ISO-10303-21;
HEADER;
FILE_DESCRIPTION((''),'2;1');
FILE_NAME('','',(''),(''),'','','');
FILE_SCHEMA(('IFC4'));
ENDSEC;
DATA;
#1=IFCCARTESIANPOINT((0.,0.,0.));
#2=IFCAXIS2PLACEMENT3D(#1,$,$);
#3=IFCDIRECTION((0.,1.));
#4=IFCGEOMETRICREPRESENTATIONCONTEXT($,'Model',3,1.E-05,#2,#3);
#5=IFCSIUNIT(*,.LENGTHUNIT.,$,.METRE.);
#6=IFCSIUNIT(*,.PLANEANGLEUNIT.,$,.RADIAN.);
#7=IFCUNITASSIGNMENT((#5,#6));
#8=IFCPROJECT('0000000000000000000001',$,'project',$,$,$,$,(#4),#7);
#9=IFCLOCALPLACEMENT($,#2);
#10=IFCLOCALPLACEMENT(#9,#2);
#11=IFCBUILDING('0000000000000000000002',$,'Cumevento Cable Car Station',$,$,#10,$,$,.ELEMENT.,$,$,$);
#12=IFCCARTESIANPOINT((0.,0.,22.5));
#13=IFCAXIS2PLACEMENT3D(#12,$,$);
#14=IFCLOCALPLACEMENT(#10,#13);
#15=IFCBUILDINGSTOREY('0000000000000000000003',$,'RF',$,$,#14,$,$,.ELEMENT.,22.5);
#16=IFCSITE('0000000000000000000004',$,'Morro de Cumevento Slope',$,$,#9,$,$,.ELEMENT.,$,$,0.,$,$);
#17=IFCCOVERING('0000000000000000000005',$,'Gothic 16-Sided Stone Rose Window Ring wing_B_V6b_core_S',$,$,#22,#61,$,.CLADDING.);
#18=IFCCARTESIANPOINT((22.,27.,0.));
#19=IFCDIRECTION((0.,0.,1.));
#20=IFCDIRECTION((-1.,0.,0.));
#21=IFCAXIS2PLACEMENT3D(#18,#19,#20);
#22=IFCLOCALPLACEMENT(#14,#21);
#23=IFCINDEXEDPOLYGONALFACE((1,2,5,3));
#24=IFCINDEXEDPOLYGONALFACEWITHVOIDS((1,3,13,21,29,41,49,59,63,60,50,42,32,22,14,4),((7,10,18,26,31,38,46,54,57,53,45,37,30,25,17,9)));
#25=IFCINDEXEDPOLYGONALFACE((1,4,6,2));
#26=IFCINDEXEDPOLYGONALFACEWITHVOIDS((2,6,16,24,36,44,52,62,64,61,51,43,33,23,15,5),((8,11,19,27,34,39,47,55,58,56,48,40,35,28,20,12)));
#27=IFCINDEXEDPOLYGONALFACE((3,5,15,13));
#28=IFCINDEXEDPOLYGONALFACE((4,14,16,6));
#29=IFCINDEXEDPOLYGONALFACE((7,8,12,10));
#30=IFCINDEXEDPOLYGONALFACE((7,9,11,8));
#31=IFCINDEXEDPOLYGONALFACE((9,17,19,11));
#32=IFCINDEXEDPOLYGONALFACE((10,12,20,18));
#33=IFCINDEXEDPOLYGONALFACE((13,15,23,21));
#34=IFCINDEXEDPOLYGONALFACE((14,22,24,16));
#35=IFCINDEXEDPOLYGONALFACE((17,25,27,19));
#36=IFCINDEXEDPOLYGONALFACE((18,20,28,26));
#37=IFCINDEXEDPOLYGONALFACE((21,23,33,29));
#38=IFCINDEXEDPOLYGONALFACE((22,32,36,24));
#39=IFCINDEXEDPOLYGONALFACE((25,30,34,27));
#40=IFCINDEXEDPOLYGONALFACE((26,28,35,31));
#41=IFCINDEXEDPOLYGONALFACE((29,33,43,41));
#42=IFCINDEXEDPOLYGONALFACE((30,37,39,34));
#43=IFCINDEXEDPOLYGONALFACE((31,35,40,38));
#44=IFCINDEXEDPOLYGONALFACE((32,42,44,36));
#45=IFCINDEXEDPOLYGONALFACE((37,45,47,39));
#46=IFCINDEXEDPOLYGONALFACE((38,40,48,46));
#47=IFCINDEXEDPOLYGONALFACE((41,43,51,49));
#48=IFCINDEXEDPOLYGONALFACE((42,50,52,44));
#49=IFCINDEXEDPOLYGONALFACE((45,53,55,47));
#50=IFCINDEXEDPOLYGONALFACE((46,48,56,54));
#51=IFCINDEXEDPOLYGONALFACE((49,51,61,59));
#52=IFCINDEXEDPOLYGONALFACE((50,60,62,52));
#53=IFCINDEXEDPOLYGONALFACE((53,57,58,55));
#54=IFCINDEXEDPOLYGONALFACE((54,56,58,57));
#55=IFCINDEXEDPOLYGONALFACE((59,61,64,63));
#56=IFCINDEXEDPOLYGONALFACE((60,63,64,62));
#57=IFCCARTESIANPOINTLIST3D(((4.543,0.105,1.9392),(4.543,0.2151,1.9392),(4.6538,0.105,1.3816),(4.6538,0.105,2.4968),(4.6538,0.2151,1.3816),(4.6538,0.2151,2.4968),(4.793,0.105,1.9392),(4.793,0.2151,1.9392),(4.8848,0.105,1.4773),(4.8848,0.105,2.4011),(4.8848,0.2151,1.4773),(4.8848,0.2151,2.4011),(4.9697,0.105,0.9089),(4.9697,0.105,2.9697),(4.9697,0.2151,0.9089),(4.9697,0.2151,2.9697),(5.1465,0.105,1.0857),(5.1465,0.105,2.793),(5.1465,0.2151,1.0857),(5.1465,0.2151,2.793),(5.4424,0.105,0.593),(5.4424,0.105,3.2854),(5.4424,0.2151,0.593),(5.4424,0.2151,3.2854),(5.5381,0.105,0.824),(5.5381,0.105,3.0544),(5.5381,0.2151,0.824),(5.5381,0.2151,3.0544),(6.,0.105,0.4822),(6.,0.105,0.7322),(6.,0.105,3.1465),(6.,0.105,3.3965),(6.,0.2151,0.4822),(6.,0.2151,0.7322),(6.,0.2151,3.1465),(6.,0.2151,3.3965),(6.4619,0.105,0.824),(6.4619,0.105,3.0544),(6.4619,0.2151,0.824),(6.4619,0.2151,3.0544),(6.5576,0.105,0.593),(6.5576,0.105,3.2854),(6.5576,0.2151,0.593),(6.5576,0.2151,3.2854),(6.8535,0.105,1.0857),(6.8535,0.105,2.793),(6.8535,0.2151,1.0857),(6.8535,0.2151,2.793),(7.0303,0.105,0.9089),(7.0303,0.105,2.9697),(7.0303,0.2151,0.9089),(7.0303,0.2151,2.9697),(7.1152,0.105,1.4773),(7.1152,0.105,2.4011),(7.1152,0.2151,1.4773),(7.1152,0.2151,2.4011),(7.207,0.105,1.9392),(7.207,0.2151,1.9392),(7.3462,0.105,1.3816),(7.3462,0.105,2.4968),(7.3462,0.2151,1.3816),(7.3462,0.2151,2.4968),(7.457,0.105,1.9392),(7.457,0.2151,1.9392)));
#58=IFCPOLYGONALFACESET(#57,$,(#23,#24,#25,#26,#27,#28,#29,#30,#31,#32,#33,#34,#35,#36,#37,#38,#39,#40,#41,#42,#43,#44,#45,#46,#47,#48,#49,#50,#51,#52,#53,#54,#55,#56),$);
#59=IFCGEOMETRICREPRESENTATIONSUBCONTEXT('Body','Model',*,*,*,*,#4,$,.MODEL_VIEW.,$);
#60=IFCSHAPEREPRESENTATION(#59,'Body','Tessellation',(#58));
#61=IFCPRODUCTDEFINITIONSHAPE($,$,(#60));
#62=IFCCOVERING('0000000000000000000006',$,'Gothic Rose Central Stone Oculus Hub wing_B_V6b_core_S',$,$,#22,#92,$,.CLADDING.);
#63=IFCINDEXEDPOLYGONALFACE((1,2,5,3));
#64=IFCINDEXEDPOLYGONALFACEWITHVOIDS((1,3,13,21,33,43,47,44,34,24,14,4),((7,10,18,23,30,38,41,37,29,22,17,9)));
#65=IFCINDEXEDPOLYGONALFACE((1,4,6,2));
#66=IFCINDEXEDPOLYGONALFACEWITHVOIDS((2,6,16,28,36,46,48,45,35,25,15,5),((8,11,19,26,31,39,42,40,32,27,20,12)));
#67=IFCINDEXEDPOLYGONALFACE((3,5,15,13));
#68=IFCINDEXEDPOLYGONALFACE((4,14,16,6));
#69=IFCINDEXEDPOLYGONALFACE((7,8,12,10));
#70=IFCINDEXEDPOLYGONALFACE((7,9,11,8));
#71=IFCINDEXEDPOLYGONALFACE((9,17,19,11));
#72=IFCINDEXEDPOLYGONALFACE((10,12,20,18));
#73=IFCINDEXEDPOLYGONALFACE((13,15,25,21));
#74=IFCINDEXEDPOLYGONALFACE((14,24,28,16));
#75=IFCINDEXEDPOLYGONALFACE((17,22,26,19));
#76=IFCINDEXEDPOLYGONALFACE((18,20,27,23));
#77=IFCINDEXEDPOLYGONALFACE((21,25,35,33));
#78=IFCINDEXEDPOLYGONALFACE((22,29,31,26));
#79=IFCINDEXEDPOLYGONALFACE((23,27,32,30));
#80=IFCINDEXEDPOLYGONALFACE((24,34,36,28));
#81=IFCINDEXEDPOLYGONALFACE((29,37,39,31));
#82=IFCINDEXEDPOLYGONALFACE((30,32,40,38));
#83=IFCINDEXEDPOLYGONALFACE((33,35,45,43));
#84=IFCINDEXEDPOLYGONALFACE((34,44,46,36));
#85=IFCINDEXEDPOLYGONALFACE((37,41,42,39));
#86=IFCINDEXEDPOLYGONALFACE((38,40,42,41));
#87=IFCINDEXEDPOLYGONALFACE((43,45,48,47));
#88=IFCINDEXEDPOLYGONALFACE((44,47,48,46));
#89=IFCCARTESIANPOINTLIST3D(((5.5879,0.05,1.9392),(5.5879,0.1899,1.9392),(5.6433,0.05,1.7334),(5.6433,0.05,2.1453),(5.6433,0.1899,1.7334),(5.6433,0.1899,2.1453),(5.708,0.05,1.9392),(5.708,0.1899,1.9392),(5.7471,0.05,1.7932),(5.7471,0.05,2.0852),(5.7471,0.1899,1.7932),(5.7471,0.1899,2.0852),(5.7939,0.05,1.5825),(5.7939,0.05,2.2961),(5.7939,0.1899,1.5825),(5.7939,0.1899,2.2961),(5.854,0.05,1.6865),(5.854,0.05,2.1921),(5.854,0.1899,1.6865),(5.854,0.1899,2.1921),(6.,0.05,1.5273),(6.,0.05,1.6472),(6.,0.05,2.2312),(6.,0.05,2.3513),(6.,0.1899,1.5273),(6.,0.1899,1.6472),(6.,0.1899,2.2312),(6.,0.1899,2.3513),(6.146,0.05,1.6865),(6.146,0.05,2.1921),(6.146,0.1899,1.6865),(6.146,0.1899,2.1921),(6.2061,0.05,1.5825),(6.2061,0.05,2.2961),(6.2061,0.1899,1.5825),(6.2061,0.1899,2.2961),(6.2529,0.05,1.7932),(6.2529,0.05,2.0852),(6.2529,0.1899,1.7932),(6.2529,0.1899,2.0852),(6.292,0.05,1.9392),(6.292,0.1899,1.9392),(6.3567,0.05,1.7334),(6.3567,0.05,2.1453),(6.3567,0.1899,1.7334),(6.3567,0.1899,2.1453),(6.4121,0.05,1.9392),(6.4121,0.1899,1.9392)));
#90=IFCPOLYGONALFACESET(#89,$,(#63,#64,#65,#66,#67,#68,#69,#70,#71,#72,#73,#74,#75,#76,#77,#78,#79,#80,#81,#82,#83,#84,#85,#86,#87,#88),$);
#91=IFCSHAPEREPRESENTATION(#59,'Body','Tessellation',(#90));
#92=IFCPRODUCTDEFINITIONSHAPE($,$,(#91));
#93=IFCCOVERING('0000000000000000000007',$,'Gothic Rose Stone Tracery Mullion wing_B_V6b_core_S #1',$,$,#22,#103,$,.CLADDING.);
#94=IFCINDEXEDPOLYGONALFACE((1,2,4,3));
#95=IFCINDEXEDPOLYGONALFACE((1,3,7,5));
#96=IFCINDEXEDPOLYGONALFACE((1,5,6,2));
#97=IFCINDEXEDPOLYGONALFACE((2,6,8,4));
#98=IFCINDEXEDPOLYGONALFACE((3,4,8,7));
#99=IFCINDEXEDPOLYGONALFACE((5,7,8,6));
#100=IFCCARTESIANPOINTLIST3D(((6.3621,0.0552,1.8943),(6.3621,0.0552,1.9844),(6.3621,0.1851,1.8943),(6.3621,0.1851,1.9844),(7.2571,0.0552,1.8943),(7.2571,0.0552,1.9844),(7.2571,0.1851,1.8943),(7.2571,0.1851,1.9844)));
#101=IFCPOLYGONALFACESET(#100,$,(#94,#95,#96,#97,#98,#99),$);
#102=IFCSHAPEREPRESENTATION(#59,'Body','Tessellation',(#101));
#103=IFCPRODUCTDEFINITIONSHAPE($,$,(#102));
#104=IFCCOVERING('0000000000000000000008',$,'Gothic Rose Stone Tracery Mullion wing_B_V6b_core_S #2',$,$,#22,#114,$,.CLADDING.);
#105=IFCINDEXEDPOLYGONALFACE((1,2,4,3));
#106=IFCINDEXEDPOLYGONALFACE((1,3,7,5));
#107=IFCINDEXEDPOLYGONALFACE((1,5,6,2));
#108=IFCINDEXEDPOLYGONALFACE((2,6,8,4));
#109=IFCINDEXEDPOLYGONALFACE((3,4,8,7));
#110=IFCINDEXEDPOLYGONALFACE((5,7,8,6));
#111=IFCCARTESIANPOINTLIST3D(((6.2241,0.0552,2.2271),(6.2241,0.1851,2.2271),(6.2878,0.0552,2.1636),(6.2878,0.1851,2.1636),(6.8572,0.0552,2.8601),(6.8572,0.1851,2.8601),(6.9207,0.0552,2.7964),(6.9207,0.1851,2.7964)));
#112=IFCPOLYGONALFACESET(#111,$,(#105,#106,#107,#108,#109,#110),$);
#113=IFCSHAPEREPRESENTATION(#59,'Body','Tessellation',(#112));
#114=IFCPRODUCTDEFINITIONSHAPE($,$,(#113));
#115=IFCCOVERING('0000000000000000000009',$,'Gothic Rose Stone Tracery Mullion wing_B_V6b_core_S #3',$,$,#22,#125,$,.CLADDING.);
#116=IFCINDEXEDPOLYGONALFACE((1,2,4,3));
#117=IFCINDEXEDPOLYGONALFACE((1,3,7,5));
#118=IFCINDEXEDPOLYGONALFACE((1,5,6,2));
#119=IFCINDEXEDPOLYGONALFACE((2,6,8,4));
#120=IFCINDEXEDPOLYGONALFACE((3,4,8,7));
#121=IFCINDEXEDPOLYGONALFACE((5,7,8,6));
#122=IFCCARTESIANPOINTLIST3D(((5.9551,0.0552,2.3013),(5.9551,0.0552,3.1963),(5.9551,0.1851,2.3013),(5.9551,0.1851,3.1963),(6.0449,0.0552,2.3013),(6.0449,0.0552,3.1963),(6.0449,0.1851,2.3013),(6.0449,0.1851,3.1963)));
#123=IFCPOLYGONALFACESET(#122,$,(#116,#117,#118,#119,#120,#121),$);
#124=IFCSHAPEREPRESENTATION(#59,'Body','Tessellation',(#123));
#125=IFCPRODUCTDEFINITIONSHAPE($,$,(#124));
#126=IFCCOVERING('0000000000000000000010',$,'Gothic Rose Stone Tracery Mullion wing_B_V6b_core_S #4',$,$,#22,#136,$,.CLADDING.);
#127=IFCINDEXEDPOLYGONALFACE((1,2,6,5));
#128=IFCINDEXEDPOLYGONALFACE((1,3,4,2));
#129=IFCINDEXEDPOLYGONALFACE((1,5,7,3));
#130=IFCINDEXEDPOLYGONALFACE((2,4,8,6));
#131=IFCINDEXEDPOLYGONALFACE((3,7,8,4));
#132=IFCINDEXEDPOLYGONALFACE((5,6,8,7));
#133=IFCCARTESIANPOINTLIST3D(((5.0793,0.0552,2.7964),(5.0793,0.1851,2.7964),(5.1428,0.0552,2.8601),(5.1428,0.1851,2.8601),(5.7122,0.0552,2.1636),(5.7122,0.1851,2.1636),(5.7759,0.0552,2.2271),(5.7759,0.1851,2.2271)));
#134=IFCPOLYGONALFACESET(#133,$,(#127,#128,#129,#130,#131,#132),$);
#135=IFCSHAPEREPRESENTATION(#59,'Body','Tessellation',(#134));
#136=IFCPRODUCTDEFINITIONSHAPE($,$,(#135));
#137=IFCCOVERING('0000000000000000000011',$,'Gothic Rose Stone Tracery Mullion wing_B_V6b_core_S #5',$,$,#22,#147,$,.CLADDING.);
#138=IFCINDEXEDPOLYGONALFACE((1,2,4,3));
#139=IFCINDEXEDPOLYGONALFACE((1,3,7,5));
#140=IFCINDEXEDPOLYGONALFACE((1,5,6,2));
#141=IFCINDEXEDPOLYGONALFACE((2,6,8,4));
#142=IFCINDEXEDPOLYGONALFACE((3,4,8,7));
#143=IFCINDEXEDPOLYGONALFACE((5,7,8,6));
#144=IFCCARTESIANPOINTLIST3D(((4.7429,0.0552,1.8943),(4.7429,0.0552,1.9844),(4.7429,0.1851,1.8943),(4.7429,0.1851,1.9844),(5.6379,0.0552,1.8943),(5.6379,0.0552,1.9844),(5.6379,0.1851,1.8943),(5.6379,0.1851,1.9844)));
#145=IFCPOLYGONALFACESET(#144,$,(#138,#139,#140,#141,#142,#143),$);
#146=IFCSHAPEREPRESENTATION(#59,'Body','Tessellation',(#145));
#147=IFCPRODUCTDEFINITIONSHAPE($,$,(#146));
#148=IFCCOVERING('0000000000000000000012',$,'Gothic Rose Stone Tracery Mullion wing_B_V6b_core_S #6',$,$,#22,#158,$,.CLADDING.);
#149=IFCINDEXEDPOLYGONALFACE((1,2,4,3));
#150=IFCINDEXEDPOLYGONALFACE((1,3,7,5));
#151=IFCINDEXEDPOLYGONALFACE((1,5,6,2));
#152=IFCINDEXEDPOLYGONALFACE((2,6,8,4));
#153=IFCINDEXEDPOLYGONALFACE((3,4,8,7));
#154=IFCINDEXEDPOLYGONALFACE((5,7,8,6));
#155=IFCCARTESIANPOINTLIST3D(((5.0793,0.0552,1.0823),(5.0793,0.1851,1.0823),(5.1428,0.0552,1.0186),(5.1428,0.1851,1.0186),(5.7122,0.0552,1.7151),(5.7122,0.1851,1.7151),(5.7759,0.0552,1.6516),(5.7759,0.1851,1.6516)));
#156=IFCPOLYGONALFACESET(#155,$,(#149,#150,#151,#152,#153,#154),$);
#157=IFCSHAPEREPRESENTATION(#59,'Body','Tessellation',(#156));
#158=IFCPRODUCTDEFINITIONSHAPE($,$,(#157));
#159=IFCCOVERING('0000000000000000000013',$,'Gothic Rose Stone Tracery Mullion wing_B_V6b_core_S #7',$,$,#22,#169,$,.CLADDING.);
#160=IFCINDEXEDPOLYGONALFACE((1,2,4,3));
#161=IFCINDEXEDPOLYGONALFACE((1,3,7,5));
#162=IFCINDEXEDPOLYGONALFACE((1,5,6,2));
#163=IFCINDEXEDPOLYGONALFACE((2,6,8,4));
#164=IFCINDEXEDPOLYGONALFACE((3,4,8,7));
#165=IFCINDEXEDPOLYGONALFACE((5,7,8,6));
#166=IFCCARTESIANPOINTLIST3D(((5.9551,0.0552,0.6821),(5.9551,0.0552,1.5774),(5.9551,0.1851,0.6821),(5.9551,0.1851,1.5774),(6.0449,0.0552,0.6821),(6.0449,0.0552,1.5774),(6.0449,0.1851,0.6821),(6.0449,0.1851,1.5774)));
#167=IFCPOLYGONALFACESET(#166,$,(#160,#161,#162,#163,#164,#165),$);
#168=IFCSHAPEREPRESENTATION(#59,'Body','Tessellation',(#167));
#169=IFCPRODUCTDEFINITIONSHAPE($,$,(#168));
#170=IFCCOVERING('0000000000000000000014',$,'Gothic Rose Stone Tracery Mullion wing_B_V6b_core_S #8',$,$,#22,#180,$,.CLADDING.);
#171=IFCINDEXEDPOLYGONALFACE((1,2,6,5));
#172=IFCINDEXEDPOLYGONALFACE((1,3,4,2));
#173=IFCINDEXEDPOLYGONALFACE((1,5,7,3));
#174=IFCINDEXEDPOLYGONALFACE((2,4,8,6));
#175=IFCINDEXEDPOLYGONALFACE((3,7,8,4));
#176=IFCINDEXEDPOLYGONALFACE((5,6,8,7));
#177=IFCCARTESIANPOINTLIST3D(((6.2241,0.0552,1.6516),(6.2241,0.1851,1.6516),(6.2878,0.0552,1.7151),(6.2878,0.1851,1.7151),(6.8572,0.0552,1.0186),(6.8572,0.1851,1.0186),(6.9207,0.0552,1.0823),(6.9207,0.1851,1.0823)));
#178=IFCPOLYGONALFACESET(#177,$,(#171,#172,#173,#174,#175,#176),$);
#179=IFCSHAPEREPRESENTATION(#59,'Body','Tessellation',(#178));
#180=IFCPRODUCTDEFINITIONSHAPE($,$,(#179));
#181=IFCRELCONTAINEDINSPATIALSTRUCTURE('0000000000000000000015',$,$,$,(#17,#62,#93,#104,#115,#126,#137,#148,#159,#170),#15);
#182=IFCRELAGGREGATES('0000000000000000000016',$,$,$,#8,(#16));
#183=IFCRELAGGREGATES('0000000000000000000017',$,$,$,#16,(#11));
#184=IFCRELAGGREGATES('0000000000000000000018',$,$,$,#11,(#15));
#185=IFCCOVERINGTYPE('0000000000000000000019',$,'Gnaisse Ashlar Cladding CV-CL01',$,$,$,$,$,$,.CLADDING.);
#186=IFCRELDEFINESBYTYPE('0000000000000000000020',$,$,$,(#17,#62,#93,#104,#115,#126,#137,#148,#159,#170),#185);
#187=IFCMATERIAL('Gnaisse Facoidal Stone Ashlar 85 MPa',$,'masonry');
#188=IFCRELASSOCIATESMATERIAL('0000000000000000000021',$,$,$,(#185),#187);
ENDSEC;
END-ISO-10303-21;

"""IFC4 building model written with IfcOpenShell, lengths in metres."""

from ifc_helpers import new_model, si_unit, direction, frame, origin, place, context, subcontext, project, spatial, polyline, outline, extrude, material, type_object, element, save


model = new_model("IFC4")

# Units and contexts
model_context = context("Model", 3, precision=1e-05, world=origin(), true_north=direction((0.0, 1.0)))
body_context = subcontext(model_context, "Body", "Model", "MODEL_VIEW")
ifc_project = project(units=[si_unit("LENGTHUNIT", "METRE"), si_unit("PLANEANGLEUNIT", "RADIAN")], contexts=[model_context])

# Site, building, storey
site_placement = place(None, origin())
site = spatial("IfcSite", under=ifc_project, at=site_placement, Name="Morro de Cumevento Slope", CompositionType="ELEMENT", RefElevation=0.0)
building_placement = place(site_placement, origin())
building = spatial("IfcBuilding", under=site, at=building_placement, Name="Cumevento Cable Car Station", CompositionType="ELEMENT")
storey_placement = place(building_placement, frame((0.0, 0.0, 22.5)))
storey = spatial("IfcBuildingStorey", under=building, at=storey_placement, Name="RF", CompositionType="ELEMENT", Elevation=22.5)

# Coverings
ifc_material_1 = material(Name="Gnaisse Facoidal Stone Ashlar 85 MPa", Category="masonry")
covering_type = type_object("IfcCoveringType", Name="Gnaisse Ashlar Cladding CV-CL01", PredefinedType="CLADDING", material=ifc_material_1)
placement = place(storey_placement, frame((22.0, 27.0, 0.0), z_axis=(0.0, 0.0, 1.0), x_axis=(-1.0, 0.0, 0.0)))
element("IfcCovering", 1, at=placement, inside=storey, type_object=covering_type, Name="Gothic 16-Sided Stone Rose Window Ring wing_B_V6b_core_S", PredefinedType="CLADDING", context=body_context, shape_type="SweptSolid", body=[
    extrude(outline(polyline([(7.457, 1.9392), (7.3462, 2.4968), (7.0303, 2.9697), (6.5576, 3.2854), (6.0, 3.3965), (5.4424, 3.2854), (4.9697, 2.9697), (4.6538, 2.4968), (4.543, 1.9392), (4.6538, 1.3816), (4.9697, 0.9089), (5.4424, 0.593), (6.0, 0.4822), (6.5576, 0.593), (7.0303, 0.9089), (7.3462, 1.3816), (7.457, 1.9392)]), holes=[polyline([(7.207, 1.9392), (7.1152, 2.4011), (6.8535, 2.793), (6.4619, 3.0544), (6.0, 3.1465), (5.5381, 3.0544), (5.1465, 2.793), (4.8848, 2.4011), (4.793, 1.9392), (4.8848, 1.4773), (5.1465, 1.0857), (5.5381, 0.824), (6.0, 0.7322), (6.4619, 0.824), (6.8535, 1.0857), (7.1152, 1.4773), (7.207, 1.9392)])]), frame((0.0, 0.2151, 0.0), z_axis=(0.0, -1.0, 0.0), x_axis=(1.0, 0.0, 0.0)), (0.0, 0.0, 1.0), 0.1101),
])
element("IfcCovering", 2, at=placement, inside=storey, type_object=covering_type, Name="Gothic Rose Central Stone Oculus Hub wing_B_V6b_core_S", PredefinedType="CLADDING", context=body_context, shape_type="SweptSolid", body=[
    extrude(outline(polyline([(6.4121, 1.9392), (6.3567, 2.1453), (6.2061, 2.2961), (6.0, 2.3513), (5.7939, 2.2961), (5.6433, 2.1453), (5.5879, 1.9392), (5.6433, 1.7334), (5.7939, 1.5825), (6.0, 1.5273), (6.2061, 1.5825), (6.3567, 1.7334), (6.4121, 1.9392)]), holes=[polyline([(6.292, 1.9392), (6.2529, 2.0852), (6.146, 2.1921), (6.0, 2.2312), (5.854, 2.1921), (5.7471, 2.0852), (5.708, 1.9392), (5.7471, 1.7932), (5.854, 1.6865), (6.0, 1.6472), (6.146, 1.6865), (6.2529, 1.7932), (6.292, 1.9392)])]), frame((0.0, 0.1899, 0.0), z_axis=(0.0, -1.0, 0.0), x_axis=(1.0, 0.0, 0.0)), (0.0, 0.0, 1.0), 0.1399),
])
element("IfcCovering", 3, at=placement, inside=storey, type_object=covering_type, Name="Gothic Rose Stone Tracery Mullion wing_B_V6b_core_S #1", PredefinedType="CLADDING", context=body_context, shape_type="SweptSolid", body=[
    extrude(outline(polyline([(6.3621, 1.9844), (7.2571, 1.9844), (7.2571, 1.8943), (6.3621, 1.8943), (6.3621, 1.9844)])), frame((0.0, 0.1851, 0.0), z_axis=(0.0, -1.0, 0.0), x_axis=(1.0, 0.0, 0.0)), (0.0, 0.0, 1.0), 0.1299),
])
element("IfcCovering", 4, at=placement, inside=storey, type_object=covering_type, Name="Gothic Rose Stone Tracery Mullion wing_B_V6b_core_S #2", PredefinedType="CLADDING", context=body_context, shape_type="SweptSolid", body=[
    extrude(outline(polyline([(6.2241, 2.2271), (6.8572, 2.8601), (6.9207, 2.7964), (6.2878, 2.1636), (6.2241, 2.2271)])), frame((0.0, 0.1851, 0.0), z_axis=(0.0, -1.0, 0.0), x_axis=(1.0, 0.0, 0.0)), (0.0, 0.0, 1.0), 0.1299),
])
element("IfcCovering", 5, at=placement, inside=storey, type_object=covering_type, Name="Gothic Rose Stone Tracery Mullion wing_B_V6b_core_S #3", PredefinedType="CLADDING", context=body_context, shape_type="SweptSolid", body=[
    extrude(outline(polyline([(5.9551, 2.3013), (5.9551, 3.1963), (6.0449, 3.1963), (6.0449, 2.3013), (5.9551, 2.3013)])), frame((0.0, 0.1851, 0.0), z_axis=(0.0, -1.0, 0.0), x_axis=(1.0, 0.0, 0.0)), (0.0, 0.0, 1.0), 0.1299),
])
element("IfcCovering", 6, at=placement, inside=storey, type_object=covering_type, Name="Gothic Rose Stone Tracery Mullion wing_B_V6b_core_S #4", PredefinedType="CLADDING", context=body_context, shape_type="SweptSolid", body=[
    extrude(outline(polyline([(5.7122, 2.1636), (5.0793, 2.7964), (5.1428, 2.8601), (5.7759, 2.2271), (5.7122, 2.1636)])), frame((0.0, 0.1851, 0.0), z_axis=(0.0, -1.0, 0.0), x_axis=(1.0, 0.0, 0.0)), (0.0, 0.0, 1.0), 0.1299),
])
element("IfcCovering", 7, at=placement, inside=storey, type_object=covering_type, Name="Gothic Rose Stone Tracery Mullion wing_B_V6b_core_S #5", PredefinedType="CLADDING", context=body_context, shape_type="SweptSolid", body=[
    extrude(outline(polyline([(5.6379, 1.8943), (4.7429, 1.8943), (4.7429, 1.9844), (5.6379, 1.9844), (5.6379, 1.8943)])), frame((0.0, 0.1851, 0.0), z_axis=(0.0, -1.0, 0.0), x_axis=(1.0, 0.0, 0.0)), (0.0, 0.0, 1.0), 0.1299),
])
element("IfcCovering", 8, at=placement, inside=storey, type_object=covering_type, Name="Gothic Rose Stone Tracery Mullion wing_B_V6b_core_S #6", PredefinedType="CLADDING", context=body_context, shape_type="SweptSolid", body=[
    extrude(outline(polyline([(5.7759, 1.6516), (5.1428, 1.0186), (5.0793, 1.0823), (5.7122, 1.7151), (5.7759, 1.6516)])), frame((0.0, 0.1851, 0.0), z_axis=(0.0, -1.0, 0.0), x_axis=(1.0, 0.0, 0.0)), (0.0, 0.0, 1.0), 0.1299),
])
element("IfcCovering", 9, at=placement, inside=storey, type_object=covering_type, Name="Gothic Rose Stone Tracery Mullion wing_B_V6b_core_S #7", PredefinedType="CLADDING", context=body_context, shape_type="SweptSolid", body=[
    extrude(outline(polyline([(6.0449, 1.5774), (6.0449, 0.6821), (5.9551, 0.6821), (5.9551, 1.5774), (6.0449, 1.5774)])), frame((0.0, 0.1851, 0.0), z_axis=(0.0, -1.0, 0.0), x_axis=(1.0, 0.0, 0.0)), (0.0, 0.0, 1.0), 0.1299),
])
element("IfcCovering", 10, at=placement, inside=storey, type_object=covering_type, Name="Gothic Rose Stone Tracery Mullion wing_B_V6b_core_S #8", PredefinedType="CLADDING", context=body_context, shape_type="SweptSolid", body=[
    extrude(outline(polyline([(6.2878, 1.7151), (6.9207, 1.0823), (6.8572, 1.0186), (6.2241, 1.6516), (6.2878, 1.7151)])), frame((0.0, 0.1851, 0.0), z_axis=(0.0, -1.0, 0.0), x_axis=(1.0, 0.0, 0.0)), (0.0, 0.0, 1.0), 0.1299),
])

save(model, "model.ifc")
